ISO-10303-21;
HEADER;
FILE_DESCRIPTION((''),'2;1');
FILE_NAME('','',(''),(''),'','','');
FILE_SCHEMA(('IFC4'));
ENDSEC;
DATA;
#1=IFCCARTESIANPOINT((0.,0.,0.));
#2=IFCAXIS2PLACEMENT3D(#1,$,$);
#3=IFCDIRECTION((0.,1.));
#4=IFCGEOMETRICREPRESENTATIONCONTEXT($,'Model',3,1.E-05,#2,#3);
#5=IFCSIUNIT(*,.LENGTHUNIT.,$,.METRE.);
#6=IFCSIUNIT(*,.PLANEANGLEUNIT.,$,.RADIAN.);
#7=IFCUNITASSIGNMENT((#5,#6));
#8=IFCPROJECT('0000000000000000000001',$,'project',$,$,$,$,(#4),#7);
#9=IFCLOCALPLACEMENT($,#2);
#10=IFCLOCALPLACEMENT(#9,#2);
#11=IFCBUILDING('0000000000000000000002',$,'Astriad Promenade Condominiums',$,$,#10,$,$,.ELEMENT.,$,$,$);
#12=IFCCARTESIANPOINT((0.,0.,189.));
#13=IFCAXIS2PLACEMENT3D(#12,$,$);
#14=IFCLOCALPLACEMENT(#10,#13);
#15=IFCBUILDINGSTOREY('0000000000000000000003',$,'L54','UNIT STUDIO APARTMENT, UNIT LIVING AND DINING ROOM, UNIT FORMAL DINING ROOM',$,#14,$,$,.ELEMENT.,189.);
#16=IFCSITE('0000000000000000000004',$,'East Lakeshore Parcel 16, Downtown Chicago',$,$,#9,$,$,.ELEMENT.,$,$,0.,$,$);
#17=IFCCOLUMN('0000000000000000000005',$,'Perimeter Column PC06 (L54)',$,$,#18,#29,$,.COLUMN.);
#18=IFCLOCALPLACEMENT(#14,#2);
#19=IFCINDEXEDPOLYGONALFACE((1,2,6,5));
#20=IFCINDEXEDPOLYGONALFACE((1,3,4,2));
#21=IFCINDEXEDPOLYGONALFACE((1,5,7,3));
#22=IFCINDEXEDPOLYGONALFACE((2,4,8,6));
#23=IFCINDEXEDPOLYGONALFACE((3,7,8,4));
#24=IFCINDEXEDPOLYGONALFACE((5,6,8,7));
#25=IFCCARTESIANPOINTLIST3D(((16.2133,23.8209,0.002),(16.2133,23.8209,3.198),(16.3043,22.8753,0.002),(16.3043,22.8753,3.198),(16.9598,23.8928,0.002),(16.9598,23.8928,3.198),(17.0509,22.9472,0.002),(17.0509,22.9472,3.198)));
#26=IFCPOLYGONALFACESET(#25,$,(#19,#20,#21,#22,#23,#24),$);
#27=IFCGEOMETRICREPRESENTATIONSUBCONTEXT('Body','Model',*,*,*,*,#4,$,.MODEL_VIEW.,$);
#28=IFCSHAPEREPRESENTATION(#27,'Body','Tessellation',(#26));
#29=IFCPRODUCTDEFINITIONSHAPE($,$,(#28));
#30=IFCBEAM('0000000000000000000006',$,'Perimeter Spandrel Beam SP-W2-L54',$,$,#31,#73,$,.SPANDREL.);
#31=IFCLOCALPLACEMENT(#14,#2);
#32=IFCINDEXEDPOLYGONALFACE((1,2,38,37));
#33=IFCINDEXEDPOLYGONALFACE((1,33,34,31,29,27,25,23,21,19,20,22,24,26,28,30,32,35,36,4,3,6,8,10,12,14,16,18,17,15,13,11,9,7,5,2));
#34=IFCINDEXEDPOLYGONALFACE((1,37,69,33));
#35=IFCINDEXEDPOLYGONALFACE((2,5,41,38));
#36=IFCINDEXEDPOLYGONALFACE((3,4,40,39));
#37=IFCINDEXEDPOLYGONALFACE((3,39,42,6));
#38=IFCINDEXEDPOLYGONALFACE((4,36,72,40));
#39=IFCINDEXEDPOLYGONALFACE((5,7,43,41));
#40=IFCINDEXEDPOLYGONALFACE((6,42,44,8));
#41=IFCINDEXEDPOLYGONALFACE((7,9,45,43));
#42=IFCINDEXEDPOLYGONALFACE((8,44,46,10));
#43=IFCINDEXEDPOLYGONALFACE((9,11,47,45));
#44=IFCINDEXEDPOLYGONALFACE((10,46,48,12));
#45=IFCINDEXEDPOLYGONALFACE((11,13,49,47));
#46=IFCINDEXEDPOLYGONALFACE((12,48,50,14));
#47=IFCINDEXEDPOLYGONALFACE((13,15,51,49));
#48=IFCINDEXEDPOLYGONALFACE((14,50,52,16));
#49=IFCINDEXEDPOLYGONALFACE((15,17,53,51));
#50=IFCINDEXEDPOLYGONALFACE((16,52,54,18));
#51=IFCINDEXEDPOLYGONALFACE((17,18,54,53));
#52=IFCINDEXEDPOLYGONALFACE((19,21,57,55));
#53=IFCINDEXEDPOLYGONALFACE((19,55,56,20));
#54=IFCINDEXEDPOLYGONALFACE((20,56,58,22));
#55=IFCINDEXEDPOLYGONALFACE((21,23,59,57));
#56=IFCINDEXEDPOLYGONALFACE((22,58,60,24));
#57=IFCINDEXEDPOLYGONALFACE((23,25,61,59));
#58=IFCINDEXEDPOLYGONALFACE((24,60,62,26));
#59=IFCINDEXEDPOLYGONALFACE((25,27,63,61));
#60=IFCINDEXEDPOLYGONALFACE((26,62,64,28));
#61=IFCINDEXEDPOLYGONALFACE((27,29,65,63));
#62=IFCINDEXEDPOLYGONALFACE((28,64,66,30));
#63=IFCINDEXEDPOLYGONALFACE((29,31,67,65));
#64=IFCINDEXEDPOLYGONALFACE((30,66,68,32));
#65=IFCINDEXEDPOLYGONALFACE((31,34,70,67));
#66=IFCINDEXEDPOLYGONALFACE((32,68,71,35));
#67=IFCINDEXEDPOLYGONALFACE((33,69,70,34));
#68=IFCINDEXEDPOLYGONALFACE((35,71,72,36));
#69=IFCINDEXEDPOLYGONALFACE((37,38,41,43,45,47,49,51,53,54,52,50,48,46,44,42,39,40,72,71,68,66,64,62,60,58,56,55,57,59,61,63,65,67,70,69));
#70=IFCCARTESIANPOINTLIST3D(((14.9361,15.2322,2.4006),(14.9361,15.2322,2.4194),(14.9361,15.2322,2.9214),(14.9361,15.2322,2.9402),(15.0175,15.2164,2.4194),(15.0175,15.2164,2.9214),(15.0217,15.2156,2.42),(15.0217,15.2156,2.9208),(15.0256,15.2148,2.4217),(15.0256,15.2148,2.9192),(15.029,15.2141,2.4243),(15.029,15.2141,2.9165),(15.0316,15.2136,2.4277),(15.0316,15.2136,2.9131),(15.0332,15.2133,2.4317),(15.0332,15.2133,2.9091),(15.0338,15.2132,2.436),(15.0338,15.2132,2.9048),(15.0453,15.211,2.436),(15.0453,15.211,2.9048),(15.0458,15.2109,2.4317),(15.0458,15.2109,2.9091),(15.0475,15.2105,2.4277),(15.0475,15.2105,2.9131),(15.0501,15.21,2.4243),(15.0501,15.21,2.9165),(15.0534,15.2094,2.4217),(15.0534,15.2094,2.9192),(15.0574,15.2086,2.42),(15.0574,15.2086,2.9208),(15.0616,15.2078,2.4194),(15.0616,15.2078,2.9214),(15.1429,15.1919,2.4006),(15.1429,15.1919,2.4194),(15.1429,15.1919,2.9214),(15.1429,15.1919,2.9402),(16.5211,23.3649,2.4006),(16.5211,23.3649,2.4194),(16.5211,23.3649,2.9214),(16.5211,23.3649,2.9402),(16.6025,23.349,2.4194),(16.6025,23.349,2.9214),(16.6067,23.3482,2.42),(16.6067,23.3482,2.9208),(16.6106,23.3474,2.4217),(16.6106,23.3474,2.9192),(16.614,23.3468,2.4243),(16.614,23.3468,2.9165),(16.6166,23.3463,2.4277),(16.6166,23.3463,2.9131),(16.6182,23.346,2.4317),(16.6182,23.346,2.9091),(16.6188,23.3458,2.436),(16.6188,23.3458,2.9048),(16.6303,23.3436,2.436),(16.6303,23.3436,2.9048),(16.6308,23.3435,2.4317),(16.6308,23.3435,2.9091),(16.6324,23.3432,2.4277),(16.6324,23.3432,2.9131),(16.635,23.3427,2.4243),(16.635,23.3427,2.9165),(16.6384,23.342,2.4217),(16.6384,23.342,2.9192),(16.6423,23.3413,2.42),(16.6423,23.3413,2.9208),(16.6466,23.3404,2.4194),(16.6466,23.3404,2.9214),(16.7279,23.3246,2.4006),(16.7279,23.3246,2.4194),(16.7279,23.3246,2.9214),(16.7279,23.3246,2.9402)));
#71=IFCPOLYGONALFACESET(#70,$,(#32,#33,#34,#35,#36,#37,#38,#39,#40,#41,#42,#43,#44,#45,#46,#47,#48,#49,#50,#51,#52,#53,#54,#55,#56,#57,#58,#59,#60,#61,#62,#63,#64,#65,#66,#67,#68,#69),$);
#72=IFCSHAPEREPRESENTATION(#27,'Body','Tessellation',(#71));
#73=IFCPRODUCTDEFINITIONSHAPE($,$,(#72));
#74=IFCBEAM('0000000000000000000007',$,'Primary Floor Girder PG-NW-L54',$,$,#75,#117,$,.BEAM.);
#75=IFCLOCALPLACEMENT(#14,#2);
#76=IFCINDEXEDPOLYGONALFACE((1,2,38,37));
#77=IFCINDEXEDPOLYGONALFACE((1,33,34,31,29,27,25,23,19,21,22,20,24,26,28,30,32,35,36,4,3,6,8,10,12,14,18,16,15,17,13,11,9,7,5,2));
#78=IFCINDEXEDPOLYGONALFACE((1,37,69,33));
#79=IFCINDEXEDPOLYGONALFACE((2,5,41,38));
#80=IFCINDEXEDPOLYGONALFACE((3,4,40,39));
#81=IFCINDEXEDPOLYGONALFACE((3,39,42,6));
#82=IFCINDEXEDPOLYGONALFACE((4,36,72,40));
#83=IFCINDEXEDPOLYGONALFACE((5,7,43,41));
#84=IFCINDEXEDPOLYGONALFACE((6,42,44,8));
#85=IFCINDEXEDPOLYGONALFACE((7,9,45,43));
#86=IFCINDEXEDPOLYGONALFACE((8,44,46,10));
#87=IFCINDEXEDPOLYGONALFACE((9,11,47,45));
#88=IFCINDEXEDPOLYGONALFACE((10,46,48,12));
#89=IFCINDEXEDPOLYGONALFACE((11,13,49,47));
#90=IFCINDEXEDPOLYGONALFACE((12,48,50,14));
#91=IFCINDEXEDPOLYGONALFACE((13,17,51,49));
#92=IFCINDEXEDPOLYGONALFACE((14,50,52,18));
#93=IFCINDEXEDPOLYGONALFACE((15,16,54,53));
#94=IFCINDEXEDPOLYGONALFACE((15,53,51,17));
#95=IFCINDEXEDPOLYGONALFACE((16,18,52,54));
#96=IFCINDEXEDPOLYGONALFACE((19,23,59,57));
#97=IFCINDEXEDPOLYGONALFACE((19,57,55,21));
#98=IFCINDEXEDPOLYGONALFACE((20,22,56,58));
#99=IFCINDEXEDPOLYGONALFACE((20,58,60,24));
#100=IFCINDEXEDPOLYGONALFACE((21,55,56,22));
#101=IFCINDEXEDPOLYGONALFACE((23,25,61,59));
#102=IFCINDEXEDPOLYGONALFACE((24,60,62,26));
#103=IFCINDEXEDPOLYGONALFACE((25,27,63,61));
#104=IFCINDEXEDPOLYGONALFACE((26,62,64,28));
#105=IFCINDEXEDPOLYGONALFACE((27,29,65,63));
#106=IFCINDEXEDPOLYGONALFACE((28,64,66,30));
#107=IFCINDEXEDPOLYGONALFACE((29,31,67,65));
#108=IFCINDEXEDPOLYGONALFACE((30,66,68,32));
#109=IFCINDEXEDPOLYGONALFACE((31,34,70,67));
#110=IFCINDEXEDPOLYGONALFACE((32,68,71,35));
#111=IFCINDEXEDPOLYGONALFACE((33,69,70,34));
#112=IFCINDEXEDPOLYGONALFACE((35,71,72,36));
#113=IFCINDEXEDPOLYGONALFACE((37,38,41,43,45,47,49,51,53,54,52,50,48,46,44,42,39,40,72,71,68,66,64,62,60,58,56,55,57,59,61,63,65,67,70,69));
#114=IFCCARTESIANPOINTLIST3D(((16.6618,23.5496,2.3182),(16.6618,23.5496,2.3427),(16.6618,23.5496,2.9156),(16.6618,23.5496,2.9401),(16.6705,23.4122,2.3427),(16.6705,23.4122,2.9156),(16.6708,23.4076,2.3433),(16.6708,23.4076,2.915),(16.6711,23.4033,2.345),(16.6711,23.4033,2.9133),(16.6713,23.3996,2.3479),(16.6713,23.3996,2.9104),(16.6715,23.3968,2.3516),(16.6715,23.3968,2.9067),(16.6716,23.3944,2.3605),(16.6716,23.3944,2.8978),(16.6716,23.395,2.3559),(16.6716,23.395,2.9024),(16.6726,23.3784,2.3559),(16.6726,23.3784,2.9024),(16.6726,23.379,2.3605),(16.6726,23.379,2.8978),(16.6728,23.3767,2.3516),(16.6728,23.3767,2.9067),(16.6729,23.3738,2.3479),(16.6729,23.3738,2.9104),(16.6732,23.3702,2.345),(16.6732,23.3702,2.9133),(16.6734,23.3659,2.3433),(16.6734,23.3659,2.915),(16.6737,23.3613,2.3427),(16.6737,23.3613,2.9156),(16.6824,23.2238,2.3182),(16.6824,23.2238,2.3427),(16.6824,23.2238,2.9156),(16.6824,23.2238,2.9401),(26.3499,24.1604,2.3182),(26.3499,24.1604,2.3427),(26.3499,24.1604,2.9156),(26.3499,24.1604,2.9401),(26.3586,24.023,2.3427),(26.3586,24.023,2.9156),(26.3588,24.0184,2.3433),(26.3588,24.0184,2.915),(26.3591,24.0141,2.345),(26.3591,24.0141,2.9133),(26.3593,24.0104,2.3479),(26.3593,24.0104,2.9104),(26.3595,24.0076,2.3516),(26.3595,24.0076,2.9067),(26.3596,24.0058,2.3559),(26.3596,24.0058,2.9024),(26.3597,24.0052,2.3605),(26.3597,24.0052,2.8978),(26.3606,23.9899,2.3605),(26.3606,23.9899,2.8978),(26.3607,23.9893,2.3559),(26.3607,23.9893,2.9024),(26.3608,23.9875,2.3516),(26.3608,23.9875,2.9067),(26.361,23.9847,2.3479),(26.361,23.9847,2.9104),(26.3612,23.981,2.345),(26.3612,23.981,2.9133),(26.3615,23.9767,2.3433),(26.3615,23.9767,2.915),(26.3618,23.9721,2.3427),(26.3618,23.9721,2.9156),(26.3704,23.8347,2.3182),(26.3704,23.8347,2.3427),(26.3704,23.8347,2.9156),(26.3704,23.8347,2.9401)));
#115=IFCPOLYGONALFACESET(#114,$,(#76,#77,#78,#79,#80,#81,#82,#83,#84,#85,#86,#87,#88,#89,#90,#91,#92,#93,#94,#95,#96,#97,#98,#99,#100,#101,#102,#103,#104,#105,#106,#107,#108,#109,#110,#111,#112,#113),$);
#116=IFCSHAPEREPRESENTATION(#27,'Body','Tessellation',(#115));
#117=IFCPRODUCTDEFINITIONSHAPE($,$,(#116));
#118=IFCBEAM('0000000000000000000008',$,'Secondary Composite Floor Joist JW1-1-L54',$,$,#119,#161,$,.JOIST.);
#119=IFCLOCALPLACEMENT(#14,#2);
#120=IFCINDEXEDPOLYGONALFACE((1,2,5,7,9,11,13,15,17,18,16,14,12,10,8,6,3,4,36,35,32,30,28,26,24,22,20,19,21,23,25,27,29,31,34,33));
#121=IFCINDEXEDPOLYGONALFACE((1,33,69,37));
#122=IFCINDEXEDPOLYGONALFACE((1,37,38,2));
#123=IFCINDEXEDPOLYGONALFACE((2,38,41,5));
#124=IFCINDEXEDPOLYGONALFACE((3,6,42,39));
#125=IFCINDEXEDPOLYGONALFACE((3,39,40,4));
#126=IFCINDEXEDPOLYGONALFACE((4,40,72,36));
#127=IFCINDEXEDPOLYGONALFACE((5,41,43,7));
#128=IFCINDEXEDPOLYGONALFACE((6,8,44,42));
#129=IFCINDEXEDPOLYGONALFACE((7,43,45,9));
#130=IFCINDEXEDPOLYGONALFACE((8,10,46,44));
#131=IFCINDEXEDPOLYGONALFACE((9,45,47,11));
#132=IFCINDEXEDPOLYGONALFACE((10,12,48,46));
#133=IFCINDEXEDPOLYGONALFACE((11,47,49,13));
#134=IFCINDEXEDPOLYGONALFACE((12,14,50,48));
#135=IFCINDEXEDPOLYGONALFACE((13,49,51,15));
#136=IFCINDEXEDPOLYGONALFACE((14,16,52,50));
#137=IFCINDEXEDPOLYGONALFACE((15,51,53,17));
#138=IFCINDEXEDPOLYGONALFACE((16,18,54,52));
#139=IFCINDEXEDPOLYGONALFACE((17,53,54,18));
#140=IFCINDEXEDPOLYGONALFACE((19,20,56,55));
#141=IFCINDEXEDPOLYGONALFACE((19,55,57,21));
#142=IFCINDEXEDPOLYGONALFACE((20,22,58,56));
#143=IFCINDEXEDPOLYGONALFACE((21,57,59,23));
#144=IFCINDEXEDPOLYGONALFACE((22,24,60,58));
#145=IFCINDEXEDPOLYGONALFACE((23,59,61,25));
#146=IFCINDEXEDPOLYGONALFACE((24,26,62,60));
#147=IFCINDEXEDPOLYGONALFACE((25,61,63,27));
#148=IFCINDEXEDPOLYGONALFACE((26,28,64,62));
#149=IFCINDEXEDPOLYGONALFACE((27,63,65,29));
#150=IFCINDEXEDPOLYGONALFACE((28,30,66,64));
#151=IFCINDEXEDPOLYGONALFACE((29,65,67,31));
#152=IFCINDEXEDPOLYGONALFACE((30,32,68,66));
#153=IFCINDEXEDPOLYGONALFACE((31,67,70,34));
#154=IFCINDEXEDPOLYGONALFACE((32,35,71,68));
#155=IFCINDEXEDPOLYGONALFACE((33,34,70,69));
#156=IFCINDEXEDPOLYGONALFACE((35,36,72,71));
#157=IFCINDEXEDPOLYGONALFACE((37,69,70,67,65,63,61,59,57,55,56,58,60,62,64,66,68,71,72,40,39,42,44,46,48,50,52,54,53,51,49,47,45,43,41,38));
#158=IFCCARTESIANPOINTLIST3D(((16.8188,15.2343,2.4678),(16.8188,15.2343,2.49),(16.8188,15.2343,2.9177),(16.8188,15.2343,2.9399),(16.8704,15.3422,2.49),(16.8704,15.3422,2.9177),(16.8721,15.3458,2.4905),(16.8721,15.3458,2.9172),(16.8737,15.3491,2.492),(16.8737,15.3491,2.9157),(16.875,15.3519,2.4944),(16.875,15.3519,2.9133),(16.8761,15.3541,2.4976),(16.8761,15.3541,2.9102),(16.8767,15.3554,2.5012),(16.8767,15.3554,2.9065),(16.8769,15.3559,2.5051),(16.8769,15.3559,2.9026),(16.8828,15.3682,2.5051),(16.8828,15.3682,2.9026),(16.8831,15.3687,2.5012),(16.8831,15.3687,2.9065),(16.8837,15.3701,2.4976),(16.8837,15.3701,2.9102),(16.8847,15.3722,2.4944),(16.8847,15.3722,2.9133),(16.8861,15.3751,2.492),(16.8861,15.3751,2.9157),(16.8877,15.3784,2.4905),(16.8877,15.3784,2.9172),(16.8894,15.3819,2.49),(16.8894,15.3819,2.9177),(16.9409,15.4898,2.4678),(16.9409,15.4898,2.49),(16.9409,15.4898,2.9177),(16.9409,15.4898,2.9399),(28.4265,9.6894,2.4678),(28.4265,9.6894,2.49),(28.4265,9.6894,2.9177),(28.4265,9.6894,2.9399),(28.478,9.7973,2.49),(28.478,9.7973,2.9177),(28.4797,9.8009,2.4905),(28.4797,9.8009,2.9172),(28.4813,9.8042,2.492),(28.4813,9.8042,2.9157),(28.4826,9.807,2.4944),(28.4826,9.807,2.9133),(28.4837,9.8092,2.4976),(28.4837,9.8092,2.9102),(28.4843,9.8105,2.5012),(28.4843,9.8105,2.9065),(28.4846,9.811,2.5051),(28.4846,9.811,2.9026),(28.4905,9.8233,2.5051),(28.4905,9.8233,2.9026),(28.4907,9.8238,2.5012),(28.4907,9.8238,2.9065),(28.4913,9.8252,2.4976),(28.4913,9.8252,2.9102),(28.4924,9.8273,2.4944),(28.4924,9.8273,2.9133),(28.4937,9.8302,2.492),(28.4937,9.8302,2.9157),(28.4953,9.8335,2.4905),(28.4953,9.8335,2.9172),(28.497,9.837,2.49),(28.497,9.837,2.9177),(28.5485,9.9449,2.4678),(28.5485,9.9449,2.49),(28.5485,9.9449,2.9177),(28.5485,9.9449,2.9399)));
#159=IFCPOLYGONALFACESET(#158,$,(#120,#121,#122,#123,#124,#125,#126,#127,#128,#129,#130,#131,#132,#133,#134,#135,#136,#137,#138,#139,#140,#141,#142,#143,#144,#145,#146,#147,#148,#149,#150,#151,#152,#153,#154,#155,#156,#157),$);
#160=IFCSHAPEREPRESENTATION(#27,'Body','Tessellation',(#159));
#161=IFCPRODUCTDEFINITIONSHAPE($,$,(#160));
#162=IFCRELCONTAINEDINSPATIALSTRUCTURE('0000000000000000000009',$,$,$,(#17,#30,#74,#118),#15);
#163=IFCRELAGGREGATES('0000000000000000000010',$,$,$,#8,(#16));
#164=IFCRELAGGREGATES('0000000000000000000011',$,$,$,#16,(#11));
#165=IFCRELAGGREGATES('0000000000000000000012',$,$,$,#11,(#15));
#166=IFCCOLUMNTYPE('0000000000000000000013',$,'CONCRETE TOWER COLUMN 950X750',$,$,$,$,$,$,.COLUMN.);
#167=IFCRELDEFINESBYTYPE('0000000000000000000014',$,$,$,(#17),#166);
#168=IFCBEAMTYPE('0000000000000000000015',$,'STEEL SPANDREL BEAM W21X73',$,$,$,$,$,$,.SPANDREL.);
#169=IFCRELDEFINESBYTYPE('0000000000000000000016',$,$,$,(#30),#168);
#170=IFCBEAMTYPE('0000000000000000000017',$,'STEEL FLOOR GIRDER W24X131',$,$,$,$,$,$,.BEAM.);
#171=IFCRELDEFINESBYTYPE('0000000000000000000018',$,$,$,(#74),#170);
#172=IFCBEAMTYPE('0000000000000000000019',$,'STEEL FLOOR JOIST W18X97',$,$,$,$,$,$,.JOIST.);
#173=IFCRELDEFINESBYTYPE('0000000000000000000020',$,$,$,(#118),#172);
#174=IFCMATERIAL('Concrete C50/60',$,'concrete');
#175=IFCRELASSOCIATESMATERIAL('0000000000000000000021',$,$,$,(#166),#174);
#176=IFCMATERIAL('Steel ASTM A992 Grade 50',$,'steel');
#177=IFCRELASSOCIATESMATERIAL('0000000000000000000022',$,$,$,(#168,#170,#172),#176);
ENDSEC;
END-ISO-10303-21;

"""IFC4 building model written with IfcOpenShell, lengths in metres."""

from ifc_helpers import new_model, si_unit, direction, frame, origin, origin_2d, place, context, subcontext, project, spatial, rectangle, i_section, extrude, source, transform, mapped, material, material_profile, profile_set, type_object, type_shapes, element, save


model = new_model("IFC4")

# Units and contexts
model_context = context("Model", 3, precision=1e-05, world=origin(), true_north=direction((0.0, 1.0)))
body_context = subcontext(model_context, "Body", "Model", "MODEL_VIEW")
ifc_project = project(units=[si_unit("LENGTHUNIT", "METRE"), si_unit("PLANEANGLEUNIT", "RADIAN")], contexts=[model_context])

# Site, building, storey
site_placement = place(None, origin())
site = spatial("IfcSite", under=ifc_project, at=site_placement, Name="East Lakeshore Parcel 16, Downtown Chicago", CompositionType="ELEMENT", RefElevation=0.0)
building_placement = place(site_placement, origin())
building = spatial("IfcBuilding", under=site, at=building_placement, Name="Astriad Promenade Condominiums", CompositionType="ELEMENT")
storey_placement = place(building_placement, frame((0.0, 0.0, 189.0)))
storey = spatial("IfcBuildingStorey", under=building, at=storey_placement, Name="L54", Description="UNIT STUDIO APARTMENT, UNIT LIVING AND DINING ROOM, UNIT FORMAL DINING ROOM", CompositionType="ELEMENT", Elevation=189.0)

# Column
ifc_material_1 = material(Name="Concrete C50/60", Category="concrete")
ifc_material_profile_1 = material_profile(ifc_material_1, rectangle(XDim=0.75, YDim=0.95, at=origin_2d()), Name="RC-COL-950X750")
ifc_profile_set_1 = profile_set([ifc_material_profile_1], Name="Concrete C50/60")
column_type = type_object("IfcColumnType", Name="CONCRETE TOWER COLUMN 950X750", PredefinedType="COLUMN", material=ifc_profile_set_1)
shared_shape_1 = source(origin(), body_context, "Body", "SweptSolid", [
    extrude(rectangle(XDim=0.75, YDim=0.95, at=origin_2d()), origin(), (0.0, 0.0, 1.0), 3.196),
])
type_shapes(column_type, [shared_shape_1])
column_placement = place(storey_placement, frame((16.6321, 23.384, 0.002), z_axis=(0.0, 0.0, 1.0), x_axis=(0.995396, 0.095846, 0.0)))
element("IfcColumn", 1, at=column_placement, inside=storey, type_object=column_type, Name="Perimeter Column PC06 (L54)", PredefinedType="COLUMN", context=body_context, shape_type="MappedRepresentation", body=[
    mapped(shared_shape_1, transform((0.0, 0.0, 0.0), scale=1.0)),
])

# Beams
ifc_material_2 = material(Name="Steel ASTM A992 Grade 50", Category="steel")
ifc_material_profile_2 = material_profile(ifc_material_2, i_section(OverallWidth=0.2107, OverallDepth=0.5396, WebThickness=0.0117, FlangeThickness=0.0188, FilletRadius=0.0166, at=origin_2d()), Name="W21X73")
ifc_profile_set_2 = profile_set([ifc_material_profile_2], Name="Steel ASTM A992 Grade 50")
beam_type_1 = type_object("IfcBeamType", Name="STEEL SPANDREL BEAM W21X73", PredefinedType="SPANDREL", material=ifc_profile_set_2)
shared_shape_2 = source(origin(), body_context, "Body", "SweptSolid", [
    extrude(i_section(OverallWidth=0.2107, OverallDepth=0.5396, WebThickness=0.0117, FlangeThickness=0.0188, FilletRadius=0.0166, at=origin_2d()), origin(), (0.0, 0.0, 1.0), 8.2856),
])
type_shapes(beam_type_1, [shared_shape_2])
beam_1_placement = place(storey_placement, frame((16.6245, 23.3447, 2.6704), z_axis=(-0.191292, -0.981533, 0.0), x_axis=(0.981533, -0.191292, 0.0)))
element("IfcBeam", 2, at=beam_1_placement, inside=storey, type_object=beam_type_1, Name="Perimeter Spandrel Beam SP-W2-L54", PredefinedType="SPANDREL", context=body_context, shape_type="MappedRepresentation", body=[
    mapped(shared_shape_2, transform((0.0, 0.0, 0.0), scale=1.0)),
])
ifc_material_profile_3 = material_profile(ifc_material_2, i_section(OverallWidth=0.3264, OverallDepth=0.6218, WebThickness=0.0154, FlangeThickness=0.0244, FilletRadius=0.0178, at=origin_2d()), Name="W24X131")
ifc_profile_set_3 = profile_set([ifc_material_profile_3], Name="Steel ASTM A992 Grade 50")
beam_type_2 = type_object("IfcBeamType", Name="STEEL FLOOR GIRDER W24X131", PredefinedType="BEAM", material=ifc_profile_set_3)
shared_shape_3 = source(origin(), body_context, "Body", "SweptSolid", [
    extrude(i_section(OverallWidth=0.3264, OverallDepth=0.6218, WebThickness=0.0154, FlangeThickness=0.0244, FilletRadius=0.0178, at=origin_2d()), origin(), (0.0, 0.0, 1.0), 9.7073),
])
type_shapes(beam_type_2, [shared_shape_3])
beam_2_placement = place(storey_placement, frame((16.6721, 23.3867, 2.6292), z_axis=(0.998018, 0.062926, 0.0), x_axis=(-0.062926, 0.998018, 0.0)))
element("IfcBeam", 3, at=beam_2_placement, inside=storey, type_object=beam_type_2, Name="Primary Floor Girder PG-NW-L54", PredefinedType="BEAM", context=body_context, shape_type="MappedRepresentation", body=[
    mapped(shared_shape_3, transform((0.0, 0.0, 0.0), scale=1.0)),
])
ifc_material_profile_4 = material_profile(ifc_material_2, i_section(OverallWidth=0.2832, OverallDepth=0.4722, WebThickness=0.0137, FlangeThickness=0.0222, FilletRadius=0.0151, at=origin_2d()), Name="W18X97")
ifc_profile_set_4 = profile_set([ifc_material_profile_4], Name="Steel ASTM A992 Grade 50")
beam_type_3 = type_object("IfcBeamType", Name="STEEL FLOOR JOIST W18X97", PredefinedType="JOIST", material=ifc_profile_set_4)
shared_shape_4 = source(origin(), body_context, "Body", "SweptSolid", [
    extrude(i_section(OverallWidth=0.2832, OverallDepth=0.4722, WebThickness=0.0137, FlangeThickness=0.0222, FilletRadius=0.0151, at=origin_2d()), origin(), (0.0, 0.0, 1.0), 12.864),
])
beam_3_placement = place(storey_placement, frame((16.8799, 15.3621, 2.7039), z_axis=(0.902333, -0.43104, 0.0), x_axis=(0.43104, 0.902333, 0.0)))
element("IfcBeam", 4, at=beam_3_placement, inside=storey, type_object=beam_type_3, Name="Secondary Composite Floor Joist JW1-1-L54", PredefinedType="JOIST", context=body_context, shape_type="MappedRepresentation", body=[
    mapped(shared_shape_4, transform((0.0, 0.0, 0.0), scale=1.0)),
])

save(model, "model.ifc")
